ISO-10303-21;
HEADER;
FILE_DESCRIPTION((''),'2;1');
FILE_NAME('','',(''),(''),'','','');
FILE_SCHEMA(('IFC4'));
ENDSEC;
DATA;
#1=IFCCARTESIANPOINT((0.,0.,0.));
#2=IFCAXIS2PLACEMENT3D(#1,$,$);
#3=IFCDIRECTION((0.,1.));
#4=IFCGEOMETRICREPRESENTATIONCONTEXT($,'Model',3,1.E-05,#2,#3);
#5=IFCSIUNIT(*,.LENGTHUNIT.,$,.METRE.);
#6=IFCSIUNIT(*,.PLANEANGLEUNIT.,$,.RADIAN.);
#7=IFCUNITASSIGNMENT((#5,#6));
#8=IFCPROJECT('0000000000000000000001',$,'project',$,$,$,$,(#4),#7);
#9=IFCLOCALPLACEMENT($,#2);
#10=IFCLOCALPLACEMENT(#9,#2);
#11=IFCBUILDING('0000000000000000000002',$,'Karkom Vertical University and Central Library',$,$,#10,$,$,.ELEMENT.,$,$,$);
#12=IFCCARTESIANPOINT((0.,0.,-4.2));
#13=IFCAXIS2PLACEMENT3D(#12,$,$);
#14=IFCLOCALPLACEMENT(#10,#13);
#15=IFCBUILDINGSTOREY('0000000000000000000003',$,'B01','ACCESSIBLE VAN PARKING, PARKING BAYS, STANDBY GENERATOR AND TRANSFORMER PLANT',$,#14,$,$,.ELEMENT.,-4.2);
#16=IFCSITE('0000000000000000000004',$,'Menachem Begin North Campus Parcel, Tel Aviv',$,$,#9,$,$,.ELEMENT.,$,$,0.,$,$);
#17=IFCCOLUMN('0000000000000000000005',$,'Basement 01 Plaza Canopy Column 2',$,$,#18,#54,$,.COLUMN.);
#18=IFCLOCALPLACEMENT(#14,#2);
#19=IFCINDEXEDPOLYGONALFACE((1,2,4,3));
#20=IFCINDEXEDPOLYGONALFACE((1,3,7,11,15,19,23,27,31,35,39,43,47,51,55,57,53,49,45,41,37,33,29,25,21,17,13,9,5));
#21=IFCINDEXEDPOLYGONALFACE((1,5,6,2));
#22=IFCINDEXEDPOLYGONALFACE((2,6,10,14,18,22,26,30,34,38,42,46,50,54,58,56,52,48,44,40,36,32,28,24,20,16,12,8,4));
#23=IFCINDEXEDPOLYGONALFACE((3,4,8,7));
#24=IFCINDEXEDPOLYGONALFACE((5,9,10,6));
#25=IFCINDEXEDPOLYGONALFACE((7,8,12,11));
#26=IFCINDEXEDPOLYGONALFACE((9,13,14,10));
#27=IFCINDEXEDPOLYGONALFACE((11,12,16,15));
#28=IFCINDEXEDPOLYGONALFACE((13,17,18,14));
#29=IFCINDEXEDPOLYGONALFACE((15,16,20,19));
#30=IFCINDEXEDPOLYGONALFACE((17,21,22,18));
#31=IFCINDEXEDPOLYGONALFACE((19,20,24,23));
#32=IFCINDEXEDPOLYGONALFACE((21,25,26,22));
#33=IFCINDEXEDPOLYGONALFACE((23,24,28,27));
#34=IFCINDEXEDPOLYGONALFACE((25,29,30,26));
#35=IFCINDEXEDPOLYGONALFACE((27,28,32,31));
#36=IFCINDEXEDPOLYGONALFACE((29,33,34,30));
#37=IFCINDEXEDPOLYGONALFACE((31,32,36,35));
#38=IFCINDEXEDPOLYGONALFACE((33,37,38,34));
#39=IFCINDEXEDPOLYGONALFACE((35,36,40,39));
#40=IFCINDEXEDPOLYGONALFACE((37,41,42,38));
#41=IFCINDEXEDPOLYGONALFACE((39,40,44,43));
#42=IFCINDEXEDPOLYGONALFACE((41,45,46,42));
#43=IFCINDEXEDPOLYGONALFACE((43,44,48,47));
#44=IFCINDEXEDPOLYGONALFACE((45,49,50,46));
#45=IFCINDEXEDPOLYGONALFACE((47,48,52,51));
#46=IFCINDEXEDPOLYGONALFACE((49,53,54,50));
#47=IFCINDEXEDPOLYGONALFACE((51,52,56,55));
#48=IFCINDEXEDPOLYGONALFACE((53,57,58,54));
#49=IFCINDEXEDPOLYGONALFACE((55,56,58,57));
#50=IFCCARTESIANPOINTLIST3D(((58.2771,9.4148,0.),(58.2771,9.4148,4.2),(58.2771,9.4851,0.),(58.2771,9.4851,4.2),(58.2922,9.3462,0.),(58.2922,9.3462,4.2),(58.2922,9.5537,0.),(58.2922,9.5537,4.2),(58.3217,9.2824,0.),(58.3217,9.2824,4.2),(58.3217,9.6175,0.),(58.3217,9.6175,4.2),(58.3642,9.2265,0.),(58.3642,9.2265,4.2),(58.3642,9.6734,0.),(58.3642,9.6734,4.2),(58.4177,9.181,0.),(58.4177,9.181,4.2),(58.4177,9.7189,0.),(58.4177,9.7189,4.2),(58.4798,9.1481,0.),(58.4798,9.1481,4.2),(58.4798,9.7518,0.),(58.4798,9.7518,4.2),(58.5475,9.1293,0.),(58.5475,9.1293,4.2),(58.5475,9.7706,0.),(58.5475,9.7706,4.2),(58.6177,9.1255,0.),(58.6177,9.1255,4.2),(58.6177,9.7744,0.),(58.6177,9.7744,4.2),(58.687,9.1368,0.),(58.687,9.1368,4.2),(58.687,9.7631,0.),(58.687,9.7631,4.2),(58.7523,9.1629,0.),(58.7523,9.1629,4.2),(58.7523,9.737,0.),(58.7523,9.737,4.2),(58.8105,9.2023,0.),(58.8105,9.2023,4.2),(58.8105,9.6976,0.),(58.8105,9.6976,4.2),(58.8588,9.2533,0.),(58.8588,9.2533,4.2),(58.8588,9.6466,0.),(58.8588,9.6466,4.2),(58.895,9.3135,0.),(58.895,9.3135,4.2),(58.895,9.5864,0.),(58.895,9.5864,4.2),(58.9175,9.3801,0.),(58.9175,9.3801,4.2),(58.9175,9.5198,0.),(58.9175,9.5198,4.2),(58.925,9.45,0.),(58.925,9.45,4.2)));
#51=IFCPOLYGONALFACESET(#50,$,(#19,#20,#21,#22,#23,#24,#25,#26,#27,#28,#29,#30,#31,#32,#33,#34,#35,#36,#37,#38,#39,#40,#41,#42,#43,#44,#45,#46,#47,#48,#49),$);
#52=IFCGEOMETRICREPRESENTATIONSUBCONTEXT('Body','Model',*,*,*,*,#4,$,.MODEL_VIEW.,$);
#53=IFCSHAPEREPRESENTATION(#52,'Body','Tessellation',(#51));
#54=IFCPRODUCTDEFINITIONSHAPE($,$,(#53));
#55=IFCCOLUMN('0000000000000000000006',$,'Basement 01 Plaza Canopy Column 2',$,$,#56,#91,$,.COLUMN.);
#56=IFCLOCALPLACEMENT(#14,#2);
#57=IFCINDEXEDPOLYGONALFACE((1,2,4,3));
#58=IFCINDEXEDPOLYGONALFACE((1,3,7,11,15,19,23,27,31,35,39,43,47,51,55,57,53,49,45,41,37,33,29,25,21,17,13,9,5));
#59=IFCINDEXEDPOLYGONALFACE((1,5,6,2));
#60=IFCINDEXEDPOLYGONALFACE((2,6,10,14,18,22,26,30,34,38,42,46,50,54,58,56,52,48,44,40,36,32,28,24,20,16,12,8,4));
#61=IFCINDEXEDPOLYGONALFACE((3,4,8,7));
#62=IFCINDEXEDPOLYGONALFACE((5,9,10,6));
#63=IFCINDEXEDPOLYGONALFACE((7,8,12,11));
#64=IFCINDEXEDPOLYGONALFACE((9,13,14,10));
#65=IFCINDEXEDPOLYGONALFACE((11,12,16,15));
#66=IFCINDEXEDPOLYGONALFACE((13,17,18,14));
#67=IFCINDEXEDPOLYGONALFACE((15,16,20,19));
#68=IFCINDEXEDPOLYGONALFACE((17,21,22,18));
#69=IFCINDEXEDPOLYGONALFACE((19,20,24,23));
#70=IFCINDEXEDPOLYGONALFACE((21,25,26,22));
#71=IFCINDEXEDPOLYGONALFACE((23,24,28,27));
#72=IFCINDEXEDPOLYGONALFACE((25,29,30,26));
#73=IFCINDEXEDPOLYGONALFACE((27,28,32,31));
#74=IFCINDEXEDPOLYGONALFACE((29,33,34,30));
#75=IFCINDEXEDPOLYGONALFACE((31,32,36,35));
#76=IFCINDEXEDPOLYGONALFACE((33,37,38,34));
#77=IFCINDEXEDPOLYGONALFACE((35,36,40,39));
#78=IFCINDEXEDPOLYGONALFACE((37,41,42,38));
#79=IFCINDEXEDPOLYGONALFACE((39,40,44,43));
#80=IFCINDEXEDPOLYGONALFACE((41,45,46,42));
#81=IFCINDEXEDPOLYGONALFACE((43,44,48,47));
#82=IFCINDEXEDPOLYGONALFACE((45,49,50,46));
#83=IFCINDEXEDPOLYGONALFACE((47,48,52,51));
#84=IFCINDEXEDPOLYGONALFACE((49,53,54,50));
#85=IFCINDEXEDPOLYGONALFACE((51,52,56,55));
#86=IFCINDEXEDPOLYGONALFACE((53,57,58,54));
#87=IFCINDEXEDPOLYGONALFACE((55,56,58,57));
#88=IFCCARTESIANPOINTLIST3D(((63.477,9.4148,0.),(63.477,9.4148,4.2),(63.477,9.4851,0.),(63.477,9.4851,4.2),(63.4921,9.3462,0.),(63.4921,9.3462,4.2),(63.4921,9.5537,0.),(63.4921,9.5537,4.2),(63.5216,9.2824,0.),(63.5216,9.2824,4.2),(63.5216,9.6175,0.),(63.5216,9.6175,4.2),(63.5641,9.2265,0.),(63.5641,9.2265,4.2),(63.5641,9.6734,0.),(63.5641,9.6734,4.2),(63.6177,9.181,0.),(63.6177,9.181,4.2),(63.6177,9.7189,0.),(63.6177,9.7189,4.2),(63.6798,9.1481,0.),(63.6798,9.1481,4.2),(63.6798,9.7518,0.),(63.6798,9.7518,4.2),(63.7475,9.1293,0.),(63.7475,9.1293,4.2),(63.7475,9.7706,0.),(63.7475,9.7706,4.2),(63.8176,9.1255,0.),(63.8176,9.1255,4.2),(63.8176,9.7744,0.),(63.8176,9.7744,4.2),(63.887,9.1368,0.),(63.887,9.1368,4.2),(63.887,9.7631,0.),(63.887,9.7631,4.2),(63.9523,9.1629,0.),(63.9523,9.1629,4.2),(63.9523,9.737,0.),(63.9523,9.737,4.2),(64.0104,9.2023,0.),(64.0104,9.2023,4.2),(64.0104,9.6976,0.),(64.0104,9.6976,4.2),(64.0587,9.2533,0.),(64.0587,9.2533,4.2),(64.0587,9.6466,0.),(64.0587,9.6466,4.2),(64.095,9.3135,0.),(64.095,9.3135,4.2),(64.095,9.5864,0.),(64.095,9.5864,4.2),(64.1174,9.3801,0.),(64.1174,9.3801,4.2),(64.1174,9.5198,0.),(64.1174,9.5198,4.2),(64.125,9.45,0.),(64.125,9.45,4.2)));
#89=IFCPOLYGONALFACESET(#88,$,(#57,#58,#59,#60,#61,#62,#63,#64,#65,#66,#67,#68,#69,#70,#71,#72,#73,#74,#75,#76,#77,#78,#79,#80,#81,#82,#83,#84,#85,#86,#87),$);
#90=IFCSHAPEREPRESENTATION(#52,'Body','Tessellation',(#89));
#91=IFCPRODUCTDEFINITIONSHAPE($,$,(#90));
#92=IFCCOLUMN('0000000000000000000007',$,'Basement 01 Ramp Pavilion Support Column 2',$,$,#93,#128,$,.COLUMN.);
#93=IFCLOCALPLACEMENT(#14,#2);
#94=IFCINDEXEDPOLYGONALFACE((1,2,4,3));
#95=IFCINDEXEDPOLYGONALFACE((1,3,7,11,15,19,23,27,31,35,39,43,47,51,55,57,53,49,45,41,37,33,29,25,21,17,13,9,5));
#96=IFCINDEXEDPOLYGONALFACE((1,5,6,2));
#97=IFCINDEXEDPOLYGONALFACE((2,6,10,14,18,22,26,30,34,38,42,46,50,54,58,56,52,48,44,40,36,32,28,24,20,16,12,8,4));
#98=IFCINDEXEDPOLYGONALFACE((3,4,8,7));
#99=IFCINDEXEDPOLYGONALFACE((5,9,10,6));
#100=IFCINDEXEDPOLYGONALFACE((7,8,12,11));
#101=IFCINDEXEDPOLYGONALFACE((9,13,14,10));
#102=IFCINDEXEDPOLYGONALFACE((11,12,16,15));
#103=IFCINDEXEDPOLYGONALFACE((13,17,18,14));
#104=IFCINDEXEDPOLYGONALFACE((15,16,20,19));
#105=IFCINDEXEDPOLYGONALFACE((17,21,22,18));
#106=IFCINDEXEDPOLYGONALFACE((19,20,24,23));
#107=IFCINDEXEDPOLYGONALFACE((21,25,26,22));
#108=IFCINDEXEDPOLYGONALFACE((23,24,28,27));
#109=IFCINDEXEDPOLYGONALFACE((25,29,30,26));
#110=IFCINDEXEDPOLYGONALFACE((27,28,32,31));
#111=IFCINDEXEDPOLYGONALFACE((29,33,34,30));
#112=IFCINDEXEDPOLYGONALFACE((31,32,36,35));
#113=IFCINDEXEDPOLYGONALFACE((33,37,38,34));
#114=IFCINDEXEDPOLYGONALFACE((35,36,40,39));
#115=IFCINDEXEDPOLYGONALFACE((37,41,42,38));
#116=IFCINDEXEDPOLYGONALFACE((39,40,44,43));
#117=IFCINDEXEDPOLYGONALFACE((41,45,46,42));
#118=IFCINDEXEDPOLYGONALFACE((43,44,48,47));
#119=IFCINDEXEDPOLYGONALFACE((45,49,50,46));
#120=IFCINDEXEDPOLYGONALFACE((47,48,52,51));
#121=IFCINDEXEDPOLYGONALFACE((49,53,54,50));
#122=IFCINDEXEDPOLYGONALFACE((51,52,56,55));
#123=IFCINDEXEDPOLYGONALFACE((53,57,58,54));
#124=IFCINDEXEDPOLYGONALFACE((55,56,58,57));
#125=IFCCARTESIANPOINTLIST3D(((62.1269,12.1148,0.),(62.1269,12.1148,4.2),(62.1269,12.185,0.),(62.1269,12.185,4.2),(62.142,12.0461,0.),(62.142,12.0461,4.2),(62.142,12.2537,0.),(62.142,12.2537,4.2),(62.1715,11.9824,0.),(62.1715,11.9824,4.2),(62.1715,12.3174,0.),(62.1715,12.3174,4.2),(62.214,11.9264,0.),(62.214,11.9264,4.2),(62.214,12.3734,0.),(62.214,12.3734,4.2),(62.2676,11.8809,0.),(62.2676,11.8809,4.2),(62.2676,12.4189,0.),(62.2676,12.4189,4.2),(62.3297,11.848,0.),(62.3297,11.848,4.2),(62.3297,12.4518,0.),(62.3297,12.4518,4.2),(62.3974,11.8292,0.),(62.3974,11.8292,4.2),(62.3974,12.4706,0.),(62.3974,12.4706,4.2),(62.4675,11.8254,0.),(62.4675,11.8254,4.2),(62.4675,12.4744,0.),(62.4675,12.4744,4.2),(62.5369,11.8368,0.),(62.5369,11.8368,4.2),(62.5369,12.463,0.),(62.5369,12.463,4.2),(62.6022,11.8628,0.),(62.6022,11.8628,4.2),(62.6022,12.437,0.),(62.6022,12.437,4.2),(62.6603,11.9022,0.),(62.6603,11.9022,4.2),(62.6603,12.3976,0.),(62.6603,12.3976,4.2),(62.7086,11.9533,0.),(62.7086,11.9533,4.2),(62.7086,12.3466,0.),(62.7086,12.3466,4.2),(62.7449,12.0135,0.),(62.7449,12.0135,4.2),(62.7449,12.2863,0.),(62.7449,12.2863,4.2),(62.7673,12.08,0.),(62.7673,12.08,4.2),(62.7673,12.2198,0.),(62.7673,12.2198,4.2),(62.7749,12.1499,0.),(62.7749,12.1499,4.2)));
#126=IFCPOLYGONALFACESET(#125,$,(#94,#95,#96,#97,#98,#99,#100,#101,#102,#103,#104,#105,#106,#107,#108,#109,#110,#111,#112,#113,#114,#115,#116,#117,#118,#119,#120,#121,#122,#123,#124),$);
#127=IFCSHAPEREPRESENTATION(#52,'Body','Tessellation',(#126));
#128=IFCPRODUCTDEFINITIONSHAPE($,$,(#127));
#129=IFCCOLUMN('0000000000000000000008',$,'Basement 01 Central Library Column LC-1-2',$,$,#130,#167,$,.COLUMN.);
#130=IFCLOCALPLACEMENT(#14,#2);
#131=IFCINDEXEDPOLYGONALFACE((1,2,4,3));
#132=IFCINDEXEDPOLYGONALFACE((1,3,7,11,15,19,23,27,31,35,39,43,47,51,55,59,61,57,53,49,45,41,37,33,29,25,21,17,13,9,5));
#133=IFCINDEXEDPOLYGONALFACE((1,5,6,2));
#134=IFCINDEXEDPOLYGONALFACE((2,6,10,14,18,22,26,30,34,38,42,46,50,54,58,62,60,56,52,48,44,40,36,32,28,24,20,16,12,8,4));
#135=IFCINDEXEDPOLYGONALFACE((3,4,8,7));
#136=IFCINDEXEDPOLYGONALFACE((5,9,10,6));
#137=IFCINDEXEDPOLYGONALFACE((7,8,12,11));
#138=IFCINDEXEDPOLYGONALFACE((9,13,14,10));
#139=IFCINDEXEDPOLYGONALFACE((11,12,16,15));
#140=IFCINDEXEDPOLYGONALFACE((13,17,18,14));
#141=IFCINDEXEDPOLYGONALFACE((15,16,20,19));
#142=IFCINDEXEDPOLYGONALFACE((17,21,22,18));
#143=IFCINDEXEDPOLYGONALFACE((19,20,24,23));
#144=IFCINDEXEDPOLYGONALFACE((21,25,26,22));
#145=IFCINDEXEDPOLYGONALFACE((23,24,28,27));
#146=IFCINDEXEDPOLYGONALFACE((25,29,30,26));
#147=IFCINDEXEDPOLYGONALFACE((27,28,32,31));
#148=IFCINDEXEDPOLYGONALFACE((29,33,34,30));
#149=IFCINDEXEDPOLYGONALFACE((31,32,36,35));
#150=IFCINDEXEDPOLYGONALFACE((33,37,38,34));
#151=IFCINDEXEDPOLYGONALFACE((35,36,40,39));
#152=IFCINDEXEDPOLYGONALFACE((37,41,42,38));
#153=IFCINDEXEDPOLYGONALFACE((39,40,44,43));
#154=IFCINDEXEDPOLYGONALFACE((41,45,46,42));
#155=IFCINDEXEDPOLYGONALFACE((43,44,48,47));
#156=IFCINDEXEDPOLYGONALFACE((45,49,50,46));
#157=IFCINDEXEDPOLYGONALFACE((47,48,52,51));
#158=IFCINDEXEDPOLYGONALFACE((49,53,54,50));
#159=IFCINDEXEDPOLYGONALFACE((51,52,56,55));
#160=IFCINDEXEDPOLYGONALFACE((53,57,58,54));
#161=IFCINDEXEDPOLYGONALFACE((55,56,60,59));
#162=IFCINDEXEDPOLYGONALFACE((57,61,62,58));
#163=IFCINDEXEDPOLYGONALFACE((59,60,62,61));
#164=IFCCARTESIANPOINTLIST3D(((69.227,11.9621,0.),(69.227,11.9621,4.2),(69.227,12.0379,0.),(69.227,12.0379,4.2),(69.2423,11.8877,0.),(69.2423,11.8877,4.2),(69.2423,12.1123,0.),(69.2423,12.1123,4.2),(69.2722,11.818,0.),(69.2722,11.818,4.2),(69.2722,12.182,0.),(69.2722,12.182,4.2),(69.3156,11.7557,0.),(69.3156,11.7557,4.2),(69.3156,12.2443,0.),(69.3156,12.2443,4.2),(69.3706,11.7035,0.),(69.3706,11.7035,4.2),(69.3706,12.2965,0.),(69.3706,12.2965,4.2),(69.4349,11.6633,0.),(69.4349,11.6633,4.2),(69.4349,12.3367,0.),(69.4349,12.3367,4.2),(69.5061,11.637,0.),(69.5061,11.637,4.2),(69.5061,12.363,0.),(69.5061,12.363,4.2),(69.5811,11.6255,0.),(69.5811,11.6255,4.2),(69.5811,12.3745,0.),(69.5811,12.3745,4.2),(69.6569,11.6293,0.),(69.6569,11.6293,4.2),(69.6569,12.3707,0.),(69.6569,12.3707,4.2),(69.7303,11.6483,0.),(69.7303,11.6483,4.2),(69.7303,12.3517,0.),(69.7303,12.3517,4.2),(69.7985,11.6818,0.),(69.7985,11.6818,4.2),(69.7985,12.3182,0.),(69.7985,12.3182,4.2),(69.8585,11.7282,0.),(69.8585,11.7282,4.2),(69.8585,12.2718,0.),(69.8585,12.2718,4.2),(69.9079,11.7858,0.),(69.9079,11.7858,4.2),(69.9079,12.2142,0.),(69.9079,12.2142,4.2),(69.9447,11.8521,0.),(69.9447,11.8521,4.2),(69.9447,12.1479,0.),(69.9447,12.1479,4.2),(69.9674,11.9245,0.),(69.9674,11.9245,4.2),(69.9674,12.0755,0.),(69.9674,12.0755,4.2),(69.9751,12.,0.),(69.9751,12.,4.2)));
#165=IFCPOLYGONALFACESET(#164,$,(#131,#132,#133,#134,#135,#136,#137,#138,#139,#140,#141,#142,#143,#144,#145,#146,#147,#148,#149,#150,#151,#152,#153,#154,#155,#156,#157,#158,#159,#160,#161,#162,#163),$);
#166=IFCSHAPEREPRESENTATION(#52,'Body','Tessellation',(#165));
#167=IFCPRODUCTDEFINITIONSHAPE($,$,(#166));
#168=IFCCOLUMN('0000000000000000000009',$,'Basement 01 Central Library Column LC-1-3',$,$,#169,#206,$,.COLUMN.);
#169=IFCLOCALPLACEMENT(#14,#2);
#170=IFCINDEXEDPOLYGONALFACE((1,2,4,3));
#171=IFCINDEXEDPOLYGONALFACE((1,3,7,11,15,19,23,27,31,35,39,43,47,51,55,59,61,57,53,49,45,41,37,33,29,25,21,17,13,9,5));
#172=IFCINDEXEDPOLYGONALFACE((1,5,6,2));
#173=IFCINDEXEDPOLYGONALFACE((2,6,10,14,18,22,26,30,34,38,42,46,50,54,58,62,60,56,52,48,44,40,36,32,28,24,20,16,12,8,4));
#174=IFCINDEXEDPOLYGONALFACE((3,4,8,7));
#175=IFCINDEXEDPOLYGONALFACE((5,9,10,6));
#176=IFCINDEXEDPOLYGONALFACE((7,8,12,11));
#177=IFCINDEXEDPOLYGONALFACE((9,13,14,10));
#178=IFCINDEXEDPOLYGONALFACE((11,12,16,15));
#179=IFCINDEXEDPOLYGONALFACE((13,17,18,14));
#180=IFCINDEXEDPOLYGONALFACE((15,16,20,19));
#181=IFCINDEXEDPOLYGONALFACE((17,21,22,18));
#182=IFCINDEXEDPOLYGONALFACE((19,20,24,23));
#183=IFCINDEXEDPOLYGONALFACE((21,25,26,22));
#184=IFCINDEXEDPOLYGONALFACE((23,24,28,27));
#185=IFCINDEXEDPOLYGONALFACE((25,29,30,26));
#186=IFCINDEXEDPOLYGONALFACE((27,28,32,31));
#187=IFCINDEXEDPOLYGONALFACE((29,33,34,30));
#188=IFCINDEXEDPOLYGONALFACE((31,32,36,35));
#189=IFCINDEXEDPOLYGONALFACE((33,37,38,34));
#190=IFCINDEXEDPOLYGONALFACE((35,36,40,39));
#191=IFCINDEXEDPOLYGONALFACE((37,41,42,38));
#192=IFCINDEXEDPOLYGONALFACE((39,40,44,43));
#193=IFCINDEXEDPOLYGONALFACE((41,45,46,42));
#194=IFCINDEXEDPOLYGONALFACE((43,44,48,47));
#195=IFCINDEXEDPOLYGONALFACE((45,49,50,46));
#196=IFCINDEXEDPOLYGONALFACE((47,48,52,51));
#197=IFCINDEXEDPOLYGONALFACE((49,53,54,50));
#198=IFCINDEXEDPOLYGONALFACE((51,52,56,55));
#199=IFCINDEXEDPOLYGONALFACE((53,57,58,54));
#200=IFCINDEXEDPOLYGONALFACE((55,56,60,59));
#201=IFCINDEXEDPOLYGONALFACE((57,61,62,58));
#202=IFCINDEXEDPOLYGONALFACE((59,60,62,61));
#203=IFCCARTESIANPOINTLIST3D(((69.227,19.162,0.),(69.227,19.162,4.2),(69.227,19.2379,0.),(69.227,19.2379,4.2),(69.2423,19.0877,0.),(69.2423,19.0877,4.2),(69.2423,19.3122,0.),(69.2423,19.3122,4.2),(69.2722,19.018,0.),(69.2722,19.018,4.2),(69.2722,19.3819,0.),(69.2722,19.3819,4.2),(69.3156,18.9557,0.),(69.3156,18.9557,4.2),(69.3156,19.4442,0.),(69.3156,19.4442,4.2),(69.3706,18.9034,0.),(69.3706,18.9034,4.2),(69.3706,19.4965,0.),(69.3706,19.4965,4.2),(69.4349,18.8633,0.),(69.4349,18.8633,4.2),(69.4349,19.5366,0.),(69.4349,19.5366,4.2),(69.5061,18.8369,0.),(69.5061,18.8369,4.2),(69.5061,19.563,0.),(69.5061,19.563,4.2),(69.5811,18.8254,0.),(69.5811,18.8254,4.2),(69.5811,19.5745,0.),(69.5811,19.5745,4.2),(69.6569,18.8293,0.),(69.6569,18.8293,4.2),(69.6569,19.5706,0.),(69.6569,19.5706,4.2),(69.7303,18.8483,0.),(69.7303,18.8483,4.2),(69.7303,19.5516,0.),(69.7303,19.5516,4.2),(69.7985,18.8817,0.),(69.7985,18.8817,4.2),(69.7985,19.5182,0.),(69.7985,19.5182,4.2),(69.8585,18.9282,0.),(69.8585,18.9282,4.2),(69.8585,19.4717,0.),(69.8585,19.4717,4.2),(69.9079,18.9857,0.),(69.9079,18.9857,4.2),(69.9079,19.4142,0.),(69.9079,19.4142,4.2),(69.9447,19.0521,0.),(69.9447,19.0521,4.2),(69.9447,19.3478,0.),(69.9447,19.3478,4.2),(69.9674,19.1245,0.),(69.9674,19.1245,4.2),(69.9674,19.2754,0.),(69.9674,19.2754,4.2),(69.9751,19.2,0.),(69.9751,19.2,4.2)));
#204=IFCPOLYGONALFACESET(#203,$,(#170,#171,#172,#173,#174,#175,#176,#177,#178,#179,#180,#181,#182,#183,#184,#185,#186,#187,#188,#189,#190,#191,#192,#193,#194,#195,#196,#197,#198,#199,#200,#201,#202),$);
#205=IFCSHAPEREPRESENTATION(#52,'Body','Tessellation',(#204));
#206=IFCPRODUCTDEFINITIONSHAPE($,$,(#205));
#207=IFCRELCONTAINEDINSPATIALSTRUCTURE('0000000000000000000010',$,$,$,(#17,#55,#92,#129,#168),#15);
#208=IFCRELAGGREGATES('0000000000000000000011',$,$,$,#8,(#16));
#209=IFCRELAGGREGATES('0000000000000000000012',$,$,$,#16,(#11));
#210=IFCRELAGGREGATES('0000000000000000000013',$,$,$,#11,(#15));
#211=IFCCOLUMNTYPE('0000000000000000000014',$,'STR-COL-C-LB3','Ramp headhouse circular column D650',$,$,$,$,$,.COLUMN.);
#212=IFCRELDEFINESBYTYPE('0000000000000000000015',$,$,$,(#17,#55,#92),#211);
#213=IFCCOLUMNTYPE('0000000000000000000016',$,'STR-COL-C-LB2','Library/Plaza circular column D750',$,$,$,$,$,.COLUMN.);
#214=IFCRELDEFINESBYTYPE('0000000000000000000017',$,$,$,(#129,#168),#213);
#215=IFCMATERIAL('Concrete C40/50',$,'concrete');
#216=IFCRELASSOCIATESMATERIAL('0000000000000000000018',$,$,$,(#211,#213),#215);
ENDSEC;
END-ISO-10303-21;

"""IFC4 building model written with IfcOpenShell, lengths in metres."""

from ifc_helpers import new_model, si_unit, direction, frame, origin, origin_with_axes, origin_2d, place, context, subcontext, project, spatial, circle, extrude, source, transform, mapped, material, material_profile, profile_set, type_object, element, save


model = new_model("IFC4")

# Units and contexts
model_context = context("Model", 3, precision=1e-05, world=origin(), true_north=direction((0.0, 1.0)))
body_context = subcontext(model_context, "Body", "Model", "MODEL_VIEW")
ifc_project = project(units=[si_unit("LENGTHUNIT", "METRE"), si_unit("PLANEANGLEUNIT", "RADIAN")], contexts=[model_context])

# Site, building, storey
site_placement = place(None, origin())
site = spatial("IfcSite", under=ifc_project, at=site_placement, Name="Menachem Begin North Campus Parcel, Tel Aviv", CompositionType="ELEMENT", RefElevation=0.0)
building_placement = place(site_placement, origin())
building = spatial("IfcBuilding", under=site, at=building_placement, Name="Karkom Vertical University and Central Library", CompositionType="ELEMENT")
storey_placement = place(building_placement, frame((0.0, 0.0, -4.2)))
storey = spatial("IfcBuildingStorey", under=building, at=storey_placement, Name="B01", Description="ACCESSIBLE VAN PARKING, PARKING BAYS, STANDBY GENERATOR AND TRANSFORMER PLANT", CompositionType="ELEMENT", Elevation=-4.2)

# Columns
ifc_material_1 = material(Name="Concrete C40/50", Category="concrete")
ifc_material_profile_1 = material_profile(ifc_material_1, circle(Radius=0.325, at=origin_2d()), Name="RC-D650")
ifc_profile_set_1 = profile_set([ifc_material_profile_1], Name="Concrete C40/50")
column_type_1 = type_object("IfcColumnType", Name="STR-COL-C-LB3", Description="Ramp headhouse circular column D650", PredefinedType="COLUMN", material=ifc_profile_set_1)
shared_shape_1 = source(origin_with_axes(), body_context, "Body", "SweptSolid", [
    extrude(circle(Radius=0.325, at=origin_2d()), origin(), (0.0, 0.0, 1.0), 4.2),
])
for number, where, z_axis, x_axis, name in (
    (1, (58.6001, 9.45, 0.0), (0.0, 0.0, 1.0), (1.0, 0.0, 0.0), "Basement 01 Plaza Canopy Column 2"),
    (2, (63.8, 9.45, 0.0), (0.0, 0.0, 1.0), (1.0, 0.0, 0.0), "Basement 01 Plaza Canopy Column 2"),
    (3, (62.45, 12.1499, 0.0), (0.0, 0.0, 1.0), (1.0, 0.0, 0.0), "Basement 01 Ramp Pavilion Support Column 2"),
):
    element("IfcColumn", number, at=place(storey_placement, frame(where, z_axis=z_axis, x_axis=x_axis)), inside=storey, type_object=column_type_1, Name=name, PredefinedType="COLUMN", context=body_context, shape_type="MappedRepresentation", body=[
        mapped(shared_shape_1, transform((0.0, 0.0, 0.0), scale=1.0)),
    ])
ifc_material_profile_2 = material_profile(ifc_material_1, circle(Radius=0.375, at=origin_2d()), Name="RC-D750")
ifc_profile_set_2 = profile_set([ifc_material_profile_2], Name="Concrete C40/50")
column_type_2 = type_object("IfcColumnType", Name="STR-COL-C-LB2", Description="Library/Plaza circular column D750", PredefinedType="COLUMN", material=ifc_profile_set_2)
shared_shape_2 = source(origin_with_axes(), body_context, "Body", "SweptSolid", [
    extrude(circle(Radius=0.375, at=origin_2d()), origin(), (0.0, 0.0, 1.0), 4.2),
])
for number, where, z_axis, x_axis, name in (
    (4, (69.6001, 12.0, 0.0), (0.0, 0.0, 1.0), (1.0, 0.0, 0.0), "Basement 01 Central Library Column LC-1-2"),
    (5, (69.6001, 19.2, 0.0), (0.0, 0.0, 1.0), (1.0, 0.0, 0.0), "Basement 01 Central Library Column LC-1-3"),
):
    element("IfcColumn", number, at=place(storey_placement, frame(where, z_axis=z_axis, x_axis=x_axis)), inside=storey, type_object=column_type_2, Name=name, PredefinedType="COLUMN", context=body_context, shape_type="MappedRepresentation", body=[
        mapped(shared_shape_2, transform((0.0, 0.0, 0.0), scale=1.0)),
    ])

save(model, "model.ifc")
